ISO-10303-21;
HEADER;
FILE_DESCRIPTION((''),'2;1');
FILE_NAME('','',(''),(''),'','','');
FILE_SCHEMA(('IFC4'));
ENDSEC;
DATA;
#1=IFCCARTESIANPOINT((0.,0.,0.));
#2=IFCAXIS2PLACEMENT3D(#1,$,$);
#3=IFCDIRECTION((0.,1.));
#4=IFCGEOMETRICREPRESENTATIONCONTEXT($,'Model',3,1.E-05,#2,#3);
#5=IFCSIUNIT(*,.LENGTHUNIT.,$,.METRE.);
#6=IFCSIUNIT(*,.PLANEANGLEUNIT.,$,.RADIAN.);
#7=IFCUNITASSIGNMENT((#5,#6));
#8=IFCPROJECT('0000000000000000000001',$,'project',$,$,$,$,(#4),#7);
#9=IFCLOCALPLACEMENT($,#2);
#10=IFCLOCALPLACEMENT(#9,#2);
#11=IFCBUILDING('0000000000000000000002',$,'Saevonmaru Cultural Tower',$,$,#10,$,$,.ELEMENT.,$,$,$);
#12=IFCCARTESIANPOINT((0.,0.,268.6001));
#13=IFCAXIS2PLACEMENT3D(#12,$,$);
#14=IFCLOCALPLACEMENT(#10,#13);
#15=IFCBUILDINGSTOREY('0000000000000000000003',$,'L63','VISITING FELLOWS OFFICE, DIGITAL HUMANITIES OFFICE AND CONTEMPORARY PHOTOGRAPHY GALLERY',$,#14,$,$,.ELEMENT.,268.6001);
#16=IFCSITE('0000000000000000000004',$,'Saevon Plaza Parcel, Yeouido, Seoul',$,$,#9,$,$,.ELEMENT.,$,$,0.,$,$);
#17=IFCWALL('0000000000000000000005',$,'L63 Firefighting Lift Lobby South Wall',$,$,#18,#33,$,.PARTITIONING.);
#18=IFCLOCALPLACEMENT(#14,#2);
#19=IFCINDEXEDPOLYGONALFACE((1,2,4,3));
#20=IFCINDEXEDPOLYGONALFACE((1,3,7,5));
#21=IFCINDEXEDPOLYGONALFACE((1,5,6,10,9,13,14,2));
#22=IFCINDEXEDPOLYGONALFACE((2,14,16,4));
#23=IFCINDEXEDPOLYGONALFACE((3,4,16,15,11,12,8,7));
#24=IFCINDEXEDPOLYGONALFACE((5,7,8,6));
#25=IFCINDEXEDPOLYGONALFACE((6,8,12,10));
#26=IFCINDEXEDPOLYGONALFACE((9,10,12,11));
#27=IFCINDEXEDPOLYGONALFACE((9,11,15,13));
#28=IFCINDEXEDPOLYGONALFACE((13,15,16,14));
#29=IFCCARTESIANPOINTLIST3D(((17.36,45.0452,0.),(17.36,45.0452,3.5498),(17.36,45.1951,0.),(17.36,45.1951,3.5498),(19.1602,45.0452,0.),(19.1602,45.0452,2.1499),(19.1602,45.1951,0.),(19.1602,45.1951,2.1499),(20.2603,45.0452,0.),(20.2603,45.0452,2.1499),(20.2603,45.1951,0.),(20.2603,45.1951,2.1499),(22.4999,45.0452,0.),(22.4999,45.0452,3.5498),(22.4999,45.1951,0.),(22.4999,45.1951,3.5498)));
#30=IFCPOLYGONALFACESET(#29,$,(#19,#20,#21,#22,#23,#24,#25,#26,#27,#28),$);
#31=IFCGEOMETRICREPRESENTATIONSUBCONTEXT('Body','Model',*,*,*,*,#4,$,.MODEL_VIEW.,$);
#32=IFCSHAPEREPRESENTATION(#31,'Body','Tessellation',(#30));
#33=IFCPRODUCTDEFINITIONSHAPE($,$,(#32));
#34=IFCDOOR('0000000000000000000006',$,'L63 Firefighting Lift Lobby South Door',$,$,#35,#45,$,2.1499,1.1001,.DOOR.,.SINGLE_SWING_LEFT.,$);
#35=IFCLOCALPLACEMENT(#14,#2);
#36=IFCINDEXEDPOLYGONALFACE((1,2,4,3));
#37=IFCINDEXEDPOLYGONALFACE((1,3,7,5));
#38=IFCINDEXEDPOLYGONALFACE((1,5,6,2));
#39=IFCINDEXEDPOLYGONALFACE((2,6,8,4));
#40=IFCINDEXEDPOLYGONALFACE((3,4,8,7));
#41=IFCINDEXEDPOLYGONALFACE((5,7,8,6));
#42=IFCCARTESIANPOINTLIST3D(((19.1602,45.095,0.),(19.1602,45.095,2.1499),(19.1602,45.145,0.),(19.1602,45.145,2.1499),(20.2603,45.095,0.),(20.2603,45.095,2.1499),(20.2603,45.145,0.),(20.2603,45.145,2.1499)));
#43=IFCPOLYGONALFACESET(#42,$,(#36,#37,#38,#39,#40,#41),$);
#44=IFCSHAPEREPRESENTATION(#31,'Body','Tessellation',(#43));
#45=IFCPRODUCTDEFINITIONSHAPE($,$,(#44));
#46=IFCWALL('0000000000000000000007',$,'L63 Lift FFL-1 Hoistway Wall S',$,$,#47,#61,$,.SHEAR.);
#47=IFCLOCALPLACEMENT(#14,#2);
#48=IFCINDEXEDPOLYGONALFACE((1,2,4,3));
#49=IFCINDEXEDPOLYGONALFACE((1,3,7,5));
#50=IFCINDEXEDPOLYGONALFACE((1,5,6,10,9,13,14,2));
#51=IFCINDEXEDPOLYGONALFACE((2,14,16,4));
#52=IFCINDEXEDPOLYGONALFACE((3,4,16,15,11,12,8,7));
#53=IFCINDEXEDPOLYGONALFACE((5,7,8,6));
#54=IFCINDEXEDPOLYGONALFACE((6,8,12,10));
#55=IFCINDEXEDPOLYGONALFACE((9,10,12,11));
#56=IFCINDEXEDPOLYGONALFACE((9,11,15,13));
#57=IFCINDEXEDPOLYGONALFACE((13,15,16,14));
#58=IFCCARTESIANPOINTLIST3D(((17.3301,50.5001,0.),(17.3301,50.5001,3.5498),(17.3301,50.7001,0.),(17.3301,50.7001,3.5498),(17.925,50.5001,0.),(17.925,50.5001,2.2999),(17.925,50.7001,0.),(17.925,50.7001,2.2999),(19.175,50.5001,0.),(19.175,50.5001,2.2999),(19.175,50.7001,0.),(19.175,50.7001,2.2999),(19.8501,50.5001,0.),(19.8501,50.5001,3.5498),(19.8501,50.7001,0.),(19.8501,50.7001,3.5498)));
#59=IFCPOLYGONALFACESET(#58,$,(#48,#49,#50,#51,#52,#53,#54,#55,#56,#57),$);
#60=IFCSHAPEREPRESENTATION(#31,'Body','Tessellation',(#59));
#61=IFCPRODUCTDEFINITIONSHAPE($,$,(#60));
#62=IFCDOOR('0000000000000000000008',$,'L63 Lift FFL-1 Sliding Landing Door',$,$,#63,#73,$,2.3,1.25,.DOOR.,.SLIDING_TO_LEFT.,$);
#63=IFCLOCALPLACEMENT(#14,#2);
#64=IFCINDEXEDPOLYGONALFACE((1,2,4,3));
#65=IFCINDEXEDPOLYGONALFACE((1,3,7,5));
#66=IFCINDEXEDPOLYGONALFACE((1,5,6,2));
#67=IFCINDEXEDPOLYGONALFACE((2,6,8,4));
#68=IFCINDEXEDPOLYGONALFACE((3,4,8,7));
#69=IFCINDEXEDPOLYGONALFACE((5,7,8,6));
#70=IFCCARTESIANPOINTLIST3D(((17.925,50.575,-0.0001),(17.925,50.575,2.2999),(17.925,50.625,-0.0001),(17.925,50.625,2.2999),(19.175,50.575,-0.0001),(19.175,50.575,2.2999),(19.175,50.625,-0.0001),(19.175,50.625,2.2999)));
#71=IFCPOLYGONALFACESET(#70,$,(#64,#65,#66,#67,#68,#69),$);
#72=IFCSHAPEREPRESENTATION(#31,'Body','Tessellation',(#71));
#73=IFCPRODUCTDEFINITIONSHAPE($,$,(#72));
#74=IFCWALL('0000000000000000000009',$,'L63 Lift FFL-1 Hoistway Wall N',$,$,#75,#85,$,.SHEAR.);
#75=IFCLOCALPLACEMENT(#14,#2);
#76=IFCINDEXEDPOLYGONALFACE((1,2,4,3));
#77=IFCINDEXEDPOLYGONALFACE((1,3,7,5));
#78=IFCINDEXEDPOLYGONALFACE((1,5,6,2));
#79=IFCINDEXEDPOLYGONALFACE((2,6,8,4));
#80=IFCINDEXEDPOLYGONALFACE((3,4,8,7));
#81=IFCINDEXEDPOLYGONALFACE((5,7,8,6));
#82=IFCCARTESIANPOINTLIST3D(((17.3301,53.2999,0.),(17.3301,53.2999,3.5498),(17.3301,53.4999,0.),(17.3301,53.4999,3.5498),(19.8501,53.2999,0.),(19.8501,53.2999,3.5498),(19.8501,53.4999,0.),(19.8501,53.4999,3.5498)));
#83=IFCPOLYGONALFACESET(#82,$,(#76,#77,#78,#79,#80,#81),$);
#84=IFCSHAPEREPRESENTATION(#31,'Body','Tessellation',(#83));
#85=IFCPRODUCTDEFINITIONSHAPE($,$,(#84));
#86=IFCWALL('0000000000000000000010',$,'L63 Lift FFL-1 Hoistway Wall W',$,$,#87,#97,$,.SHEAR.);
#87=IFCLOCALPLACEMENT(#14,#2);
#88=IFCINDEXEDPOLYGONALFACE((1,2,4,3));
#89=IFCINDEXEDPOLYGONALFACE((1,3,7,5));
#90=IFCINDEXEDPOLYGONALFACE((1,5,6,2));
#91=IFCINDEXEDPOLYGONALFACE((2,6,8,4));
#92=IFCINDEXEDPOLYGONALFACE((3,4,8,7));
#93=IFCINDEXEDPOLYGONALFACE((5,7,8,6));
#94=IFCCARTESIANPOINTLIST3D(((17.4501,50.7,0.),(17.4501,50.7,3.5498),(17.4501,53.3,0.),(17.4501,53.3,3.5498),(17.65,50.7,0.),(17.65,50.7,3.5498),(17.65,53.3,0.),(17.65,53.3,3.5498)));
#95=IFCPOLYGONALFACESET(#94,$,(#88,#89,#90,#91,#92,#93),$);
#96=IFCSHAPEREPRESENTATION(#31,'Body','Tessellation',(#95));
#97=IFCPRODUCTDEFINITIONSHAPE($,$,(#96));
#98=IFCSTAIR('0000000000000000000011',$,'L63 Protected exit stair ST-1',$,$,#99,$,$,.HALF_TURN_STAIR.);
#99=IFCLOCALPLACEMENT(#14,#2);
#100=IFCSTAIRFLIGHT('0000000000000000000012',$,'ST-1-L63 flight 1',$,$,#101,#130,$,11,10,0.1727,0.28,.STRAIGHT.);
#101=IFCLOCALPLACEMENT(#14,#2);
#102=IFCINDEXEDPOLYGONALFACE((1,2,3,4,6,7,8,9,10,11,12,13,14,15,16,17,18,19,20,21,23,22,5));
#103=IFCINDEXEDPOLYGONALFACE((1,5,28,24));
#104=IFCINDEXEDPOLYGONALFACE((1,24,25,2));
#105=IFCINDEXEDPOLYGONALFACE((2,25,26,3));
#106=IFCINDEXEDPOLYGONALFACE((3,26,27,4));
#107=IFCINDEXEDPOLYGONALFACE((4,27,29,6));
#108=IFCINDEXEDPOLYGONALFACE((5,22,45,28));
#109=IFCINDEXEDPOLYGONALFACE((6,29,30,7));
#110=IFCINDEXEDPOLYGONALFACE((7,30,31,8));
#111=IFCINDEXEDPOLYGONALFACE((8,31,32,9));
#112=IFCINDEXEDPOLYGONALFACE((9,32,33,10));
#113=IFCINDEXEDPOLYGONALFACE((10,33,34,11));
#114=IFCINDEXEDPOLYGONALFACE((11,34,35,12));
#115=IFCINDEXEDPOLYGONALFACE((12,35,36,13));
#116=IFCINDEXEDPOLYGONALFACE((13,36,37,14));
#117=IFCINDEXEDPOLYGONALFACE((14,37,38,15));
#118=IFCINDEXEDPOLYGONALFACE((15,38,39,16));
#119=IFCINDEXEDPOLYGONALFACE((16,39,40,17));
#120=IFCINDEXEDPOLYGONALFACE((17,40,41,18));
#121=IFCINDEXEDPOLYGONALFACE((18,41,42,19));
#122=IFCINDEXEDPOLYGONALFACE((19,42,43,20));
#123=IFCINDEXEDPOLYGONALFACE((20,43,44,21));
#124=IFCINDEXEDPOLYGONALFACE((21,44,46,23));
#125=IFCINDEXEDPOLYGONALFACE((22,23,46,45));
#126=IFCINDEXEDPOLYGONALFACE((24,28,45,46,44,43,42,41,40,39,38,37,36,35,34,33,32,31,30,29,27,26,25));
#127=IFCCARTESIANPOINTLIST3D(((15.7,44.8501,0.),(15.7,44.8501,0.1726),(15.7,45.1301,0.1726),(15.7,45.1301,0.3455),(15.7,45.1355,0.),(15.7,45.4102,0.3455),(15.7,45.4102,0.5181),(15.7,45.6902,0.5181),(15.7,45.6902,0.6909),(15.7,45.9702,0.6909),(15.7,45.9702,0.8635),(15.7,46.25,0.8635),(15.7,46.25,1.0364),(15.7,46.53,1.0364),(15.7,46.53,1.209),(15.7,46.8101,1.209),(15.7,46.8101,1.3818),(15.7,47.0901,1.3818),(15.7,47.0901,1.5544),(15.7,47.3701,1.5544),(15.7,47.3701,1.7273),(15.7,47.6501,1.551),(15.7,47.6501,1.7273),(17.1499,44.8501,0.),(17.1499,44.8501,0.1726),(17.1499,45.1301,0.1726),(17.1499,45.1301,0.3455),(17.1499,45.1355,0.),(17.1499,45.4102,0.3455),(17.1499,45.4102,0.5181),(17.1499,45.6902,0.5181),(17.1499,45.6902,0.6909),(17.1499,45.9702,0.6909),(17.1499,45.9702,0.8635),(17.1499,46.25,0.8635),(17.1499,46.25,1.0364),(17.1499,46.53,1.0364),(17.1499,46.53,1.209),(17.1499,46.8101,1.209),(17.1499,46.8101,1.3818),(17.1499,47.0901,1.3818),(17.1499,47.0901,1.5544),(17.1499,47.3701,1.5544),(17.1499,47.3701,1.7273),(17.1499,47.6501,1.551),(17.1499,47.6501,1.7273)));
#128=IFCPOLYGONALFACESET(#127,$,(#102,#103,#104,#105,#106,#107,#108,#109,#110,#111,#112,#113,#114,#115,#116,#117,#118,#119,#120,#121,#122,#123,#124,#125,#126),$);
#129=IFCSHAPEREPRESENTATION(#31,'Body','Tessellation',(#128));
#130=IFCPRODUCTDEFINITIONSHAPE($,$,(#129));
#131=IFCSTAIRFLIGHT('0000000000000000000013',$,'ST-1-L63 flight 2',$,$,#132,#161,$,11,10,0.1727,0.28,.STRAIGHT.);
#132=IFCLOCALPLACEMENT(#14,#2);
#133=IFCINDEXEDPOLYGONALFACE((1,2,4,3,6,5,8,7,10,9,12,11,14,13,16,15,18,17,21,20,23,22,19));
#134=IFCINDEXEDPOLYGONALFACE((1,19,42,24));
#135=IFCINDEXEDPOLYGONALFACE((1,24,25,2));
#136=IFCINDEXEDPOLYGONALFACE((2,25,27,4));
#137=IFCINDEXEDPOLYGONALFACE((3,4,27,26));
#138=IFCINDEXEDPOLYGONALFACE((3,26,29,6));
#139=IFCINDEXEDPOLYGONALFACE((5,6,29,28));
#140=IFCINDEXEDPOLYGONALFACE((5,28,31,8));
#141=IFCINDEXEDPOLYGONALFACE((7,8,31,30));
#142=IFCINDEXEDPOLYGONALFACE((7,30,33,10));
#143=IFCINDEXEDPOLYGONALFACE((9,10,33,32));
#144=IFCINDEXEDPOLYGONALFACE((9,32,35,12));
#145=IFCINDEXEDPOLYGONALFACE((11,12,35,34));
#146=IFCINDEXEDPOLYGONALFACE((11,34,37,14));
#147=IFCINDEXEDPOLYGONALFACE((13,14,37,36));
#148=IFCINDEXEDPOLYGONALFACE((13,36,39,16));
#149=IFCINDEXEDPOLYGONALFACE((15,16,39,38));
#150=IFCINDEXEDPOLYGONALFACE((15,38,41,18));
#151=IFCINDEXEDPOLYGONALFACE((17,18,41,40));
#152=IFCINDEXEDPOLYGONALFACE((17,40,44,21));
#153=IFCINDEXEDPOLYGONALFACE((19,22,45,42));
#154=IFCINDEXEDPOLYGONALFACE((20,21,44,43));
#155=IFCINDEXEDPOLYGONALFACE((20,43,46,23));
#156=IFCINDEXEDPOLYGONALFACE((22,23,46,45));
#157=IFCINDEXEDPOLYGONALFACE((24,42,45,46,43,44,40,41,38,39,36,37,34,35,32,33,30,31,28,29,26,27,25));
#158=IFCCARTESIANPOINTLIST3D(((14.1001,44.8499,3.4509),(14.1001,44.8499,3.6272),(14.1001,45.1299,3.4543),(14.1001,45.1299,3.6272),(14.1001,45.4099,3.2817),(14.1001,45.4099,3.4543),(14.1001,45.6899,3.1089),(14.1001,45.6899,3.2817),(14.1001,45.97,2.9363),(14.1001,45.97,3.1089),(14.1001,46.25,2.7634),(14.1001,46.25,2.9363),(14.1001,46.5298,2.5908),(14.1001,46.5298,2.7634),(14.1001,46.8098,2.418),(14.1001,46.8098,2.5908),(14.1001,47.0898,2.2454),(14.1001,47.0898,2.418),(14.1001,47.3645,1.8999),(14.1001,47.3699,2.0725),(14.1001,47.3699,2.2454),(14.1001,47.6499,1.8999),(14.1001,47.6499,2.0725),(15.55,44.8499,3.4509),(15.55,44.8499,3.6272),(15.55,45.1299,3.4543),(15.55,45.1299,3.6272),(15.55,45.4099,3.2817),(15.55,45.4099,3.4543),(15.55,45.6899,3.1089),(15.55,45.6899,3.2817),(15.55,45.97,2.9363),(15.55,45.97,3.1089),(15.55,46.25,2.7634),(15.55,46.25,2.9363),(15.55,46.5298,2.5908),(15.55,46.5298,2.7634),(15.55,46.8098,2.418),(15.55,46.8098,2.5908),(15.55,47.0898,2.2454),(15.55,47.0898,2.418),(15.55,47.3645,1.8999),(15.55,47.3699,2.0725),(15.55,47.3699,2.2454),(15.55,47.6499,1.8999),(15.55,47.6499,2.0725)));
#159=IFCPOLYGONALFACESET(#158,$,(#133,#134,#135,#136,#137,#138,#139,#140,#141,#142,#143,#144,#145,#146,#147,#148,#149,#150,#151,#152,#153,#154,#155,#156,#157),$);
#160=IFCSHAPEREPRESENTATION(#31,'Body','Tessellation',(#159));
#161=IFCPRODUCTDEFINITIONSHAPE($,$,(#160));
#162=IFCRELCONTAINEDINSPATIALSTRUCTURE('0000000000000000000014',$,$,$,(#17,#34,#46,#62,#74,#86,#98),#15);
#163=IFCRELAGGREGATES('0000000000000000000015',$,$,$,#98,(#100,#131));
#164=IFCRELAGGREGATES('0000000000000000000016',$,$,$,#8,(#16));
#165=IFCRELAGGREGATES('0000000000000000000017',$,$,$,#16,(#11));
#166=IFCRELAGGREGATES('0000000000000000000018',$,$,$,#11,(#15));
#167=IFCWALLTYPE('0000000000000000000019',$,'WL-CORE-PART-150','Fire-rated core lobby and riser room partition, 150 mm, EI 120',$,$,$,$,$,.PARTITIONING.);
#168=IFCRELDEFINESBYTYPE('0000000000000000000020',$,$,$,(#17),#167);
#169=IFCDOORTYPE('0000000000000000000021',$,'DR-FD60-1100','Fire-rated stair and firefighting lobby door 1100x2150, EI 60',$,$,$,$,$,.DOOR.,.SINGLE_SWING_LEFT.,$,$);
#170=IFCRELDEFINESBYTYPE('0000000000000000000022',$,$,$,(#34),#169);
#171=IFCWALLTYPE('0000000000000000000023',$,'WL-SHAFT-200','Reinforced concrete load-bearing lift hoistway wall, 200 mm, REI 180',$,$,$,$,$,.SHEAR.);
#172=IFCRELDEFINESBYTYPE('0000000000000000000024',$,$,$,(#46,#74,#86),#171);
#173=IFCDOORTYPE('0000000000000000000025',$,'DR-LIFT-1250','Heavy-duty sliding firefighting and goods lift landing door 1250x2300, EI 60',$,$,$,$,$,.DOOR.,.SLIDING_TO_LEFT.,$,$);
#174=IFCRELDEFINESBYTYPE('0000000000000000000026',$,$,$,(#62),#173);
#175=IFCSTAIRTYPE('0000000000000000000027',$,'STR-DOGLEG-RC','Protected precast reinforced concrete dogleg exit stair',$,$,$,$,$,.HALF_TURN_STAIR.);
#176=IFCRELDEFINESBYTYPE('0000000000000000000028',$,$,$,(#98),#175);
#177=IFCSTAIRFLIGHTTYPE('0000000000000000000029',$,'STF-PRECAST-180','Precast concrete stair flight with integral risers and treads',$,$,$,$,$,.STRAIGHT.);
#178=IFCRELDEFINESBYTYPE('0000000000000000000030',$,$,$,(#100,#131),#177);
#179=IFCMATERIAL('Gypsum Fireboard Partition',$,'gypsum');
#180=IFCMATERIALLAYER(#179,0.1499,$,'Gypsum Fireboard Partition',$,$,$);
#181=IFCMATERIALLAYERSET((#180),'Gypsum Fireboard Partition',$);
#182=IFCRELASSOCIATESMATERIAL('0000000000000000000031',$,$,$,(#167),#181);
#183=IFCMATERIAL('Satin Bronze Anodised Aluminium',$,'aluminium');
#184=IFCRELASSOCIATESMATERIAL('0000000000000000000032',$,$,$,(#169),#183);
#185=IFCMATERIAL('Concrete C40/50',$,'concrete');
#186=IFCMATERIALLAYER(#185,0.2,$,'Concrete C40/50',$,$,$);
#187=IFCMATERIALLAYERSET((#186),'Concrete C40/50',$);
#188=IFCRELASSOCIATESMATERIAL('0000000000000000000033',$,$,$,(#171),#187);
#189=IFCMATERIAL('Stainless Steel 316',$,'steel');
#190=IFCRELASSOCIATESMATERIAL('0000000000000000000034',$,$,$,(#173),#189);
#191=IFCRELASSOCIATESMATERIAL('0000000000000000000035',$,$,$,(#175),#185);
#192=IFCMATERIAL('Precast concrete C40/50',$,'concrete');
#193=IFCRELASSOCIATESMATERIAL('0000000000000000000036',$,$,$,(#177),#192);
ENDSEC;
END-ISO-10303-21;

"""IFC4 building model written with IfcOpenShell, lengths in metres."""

from ifc_helpers import new_model, si_unit, direction, frame, frame_2d, origin, place, context, subcontext, project, spatial, polyline, rectangle, outline, extrude, material, layer, layer_set, type_object, element, fill, aggregate, save


model = new_model("IFC4")

# Units and contexts
model_context = context("Model", 3, precision=1e-05, world=origin(), true_north=direction((0.0, 1.0)))
body_context = subcontext(model_context, "Body", "Model", "MODEL_VIEW")
ifc_project = project(units=[si_unit("LENGTHUNIT", "METRE"), si_unit("PLANEANGLEUNIT", "RADIAN")], contexts=[model_context])

# Site, building, storey
site_placement = place(None, origin())
site = spatial("IfcSite", under=ifc_project, at=site_placement, Name="Saevon Plaza Parcel, Yeouido, Seoul", CompositionType="ELEMENT", RefElevation=0.0)
building_placement = place(site_placement, origin())
building = spatial("IfcBuilding", under=site, at=building_placement, Name="Saevonmaru Cultural Tower", CompositionType="ELEMENT")
storey_placement = place(building_placement, frame((0.0, 0.0, 268.6001)))
storey = spatial("IfcBuildingStorey", under=building, at=storey_placement, Name="L63", Description="VISITING FELLOWS OFFICE, DIGITAL HUMANITIES OFFICE AND CONTEMPORARY PHOTOGRAPHY GALLERY", CompositionType="ELEMENT", Elevation=268.6001)

# Shared definitions
ifc_material_1 = material(Name="Satin Bronze Anodised Aluminium", Category="aluminium")

# Walls, openings, doors
ifc_material_2 = material(Name="Gypsum Fireboard Partition", Category="gypsum")
ifc_layer_1 = layer(ifc_material_2, 0.1499, Name="Gypsum Fireboard Partition")
ifc_layer_set_1 = layer_set([ifc_layer_1], Name="Gypsum Fireboard Partition")
wall_type_1 = type_object("IfcWallType", Name="WL-CORE-PART-150", Description="Fire-rated core lobby and riser room partition, 150 mm, EI 120", PredefinedType="PARTITIONING", material=ifc_layer_set_1)
wall_1_placement = place(storey_placement, frame((17.3601, 45.1201, 0.0), z_axis=(0.0, 0.0, 1.0), x_axis=(1.0, 0.0, 0.0)))
wall_1 = element("IfcWall", 1, at=wall_1_placement, inside=storey, type_object=wall_type_1, Name="L63 Firefighting Lift Lobby South Wall", PredefinedType="PARTITIONING", context=body_context, shape_type="SweptSolid", body=[
    extrude(rectangle(XDim=5.1399, YDim=0.1499, at=frame_2d((2.5698, 0.0))), origin(), (0.0, 0.0, 1.0), 3.5498),
])
opening_1_placement = place(wall_1_placement, frame((1.8, 0.0, 0.0)))
opening_1 = element("IfcOpeningElement", 2, at=opening_1_placement, cuts=wall_1, PredefinedType="OPENING", context=body_context, shape_type="SweptSolid", body=[
    extrude(rectangle(XDim=1.1001, YDim=2.1499, at=frame_2d((0.55, 1.075))), frame((0.0, 0.085, 0.0), z_axis=(0.0, -1.0, 0.0), x_axis=(1.0, 0.0, 0.0)), (0.0, 0.0, 1.0), 0.1699),
])
door_type_1 = type_object("IfcDoorType", Name="DR-FD60-1100", Description="Fire-rated stair and firefighting lobby door 1100x2150, EI 60", OperationType="SINGLE_SWING_LEFT", PredefinedType="DOOR", material=ifc_material_1)
door_1_placement = place(opening_1_placement, origin())
door_1 = element("IfcDoor", 3, at=door_1_placement, inside=storey, type_object=door_type_1, Name="L63 Firefighting Lift Lobby South Door", OperationType="SINGLE_SWING_LEFT", OverallHeight=2.1499, OverallWidth=1.1001, PredefinedType="DOOR", context=body_context, shape_type="SweptSolid", body=[
    extrude(rectangle(XDim=1.1001, YDim=2.1499, at=frame_2d((0.55, 1.075))), frame((0.0, 0.0249, 0.0), z_axis=(0.0, -1.0, 0.0), x_axis=(1.0, 0.0, 0.0)), (0.0, 0.0, 1.0), 0.05),
])
fill(opening_1, door_1)
ifc_material_3 = material(Name="Concrete C40/50", Category="concrete")
ifc_layer_2 = layer(ifc_material_3, 0.2, Name="Concrete C40/50")
ifc_layer_set_2 = layer_set([ifc_layer_2], Name="Concrete C40/50")
wall_type_2 = type_object("IfcWallType", Name="WL-SHAFT-200", Description="Reinforced concrete load-bearing lift hoistway wall, 200 mm, REI 180", PredefinedType="SHEAR", material=ifc_layer_set_2)
wall_2_placement = place(storey_placement, frame((17.3301, 50.6001, 0.0), z_axis=(0.0, 0.0, 1.0), x_axis=(1.0, 0.0, 0.0)))
wall_2 = element("IfcWall", 4, at=wall_2_placement, inside=storey, type_object=wall_type_2, Name="L63 Lift FFL-1 Hoistway Wall S", PredefinedType="SHEAR", context=body_context, shape_type="SweptSolid", body=[
    extrude(rectangle(XDim=2.52, YDim=0.2, at=frame_2d((1.26, 0.0))), origin(), (0.0, 0.0, 1.0), 3.5498),
])
opening_2_placement = place(wall_2_placement, frame((0.595, 0.0, 0.0)))
opening_2 = element("IfcOpeningElement", 5, at=opening_2_placement, cuts=wall_2, PredefinedType="OPENING", context=body_context, shape_type="SweptSolid", body=[
    extrude(rectangle(XDim=1.25, YDim=2.3, at=frame_2d((0.625, 1.1499))), frame((0.0, 0.1099, 0.0), z_axis=(0.0, -1.0, 0.0), x_axis=(1.0, 0.0, 0.0)), (0.0, 0.0, 1.0), 0.22),
])
ifc_material_4 = material(Name="Stainless Steel 316", Category="steel")
door_type_2 = type_object("IfcDoorType", Name="DR-LIFT-1250", Description="Heavy-duty sliding firefighting and goods lift landing door 1250x2300, EI 60", OperationType="SLIDING_TO_LEFT", PredefinedType="DOOR", material=ifc_material_4)
door_2_placement = place(opening_2_placement, origin())
door_2 = element("IfcDoor", 6, at=door_2_placement, inside=storey, type_object=door_type_2, Name="L63 Lift FFL-1 Sliding Landing Door", OperationType="SLIDING_TO_LEFT", OverallHeight=2.3, OverallWidth=1.25, PredefinedType="DOOR", context=body_context, shape_type="SweptSolid", body=[
    extrude(rectangle(XDim=1.25, YDim=2.3, at=frame_2d((0.625, 1.1499))), frame((0.0, 0.0249, 0.0), z_axis=(0.0, -1.0, 0.0), x_axis=(1.0, 0.0, 0.0)), (0.0, 0.0, 1.0), 0.05),
])
fill(opening_2, door_2)

# Walls
wall_3_placement = place(storey_placement, frame((17.3301, 53.3999, 0.0), z_axis=(0.0, 0.0, 1.0), x_axis=(1.0, 0.0, 0.0)))
element("IfcWall", 7, at=wall_3_placement, inside=storey, type_object=wall_type_2, Name="L63 Lift FFL-1 Hoistway Wall N", PredefinedType="SHEAR", context=body_context, shape_type="SweptSolid", body=[
    extrude(rectangle(XDim=2.52, YDim=0.2, at=frame_2d((1.26, 0.0))), origin(), (0.0, 0.0, 1.0), 3.5498),
])
wall_4_placement = place(storey_placement, frame((17.55, 50.7, 0.0), z_axis=(0.0, 0.0, 1.0), x_axis=(0.0, 1.0, 0.0)))
element("IfcWall", 8, at=wall_4_placement, inside=storey, type_object=wall_type_2, Name="L63 Lift FFL-1 Hoistway Wall W", PredefinedType="SHEAR", context=body_context, shape_type="SweptSolid", body=[
    extrude(rectangle(XDim=2.6001, YDim=0.2, at=frame_2d((1.3, 0.0))), origin(), (0.0, 0.0, 1.0), 3.5498),
])

# Stair, stair flights
stair_type = type_object("IfcStairType", Name="STR-DOGLEG-RC", Description="Protected precast reinforced concrete dogleg exit stair", PredefinedType="HALF_TURN_STAIR", material=ifc_material_3)
stair_placement = place(storey_placement, origin())
stair = element("IfcStair", 9, at=stair_placement, inside=storey, type_object=stair_type, Name="L63 Protected exit stair ST-1", PredefinedType="HALF_TURN_STAIR")
ifc_material_5 = material(Name="Precast concrete C40/50", Category="concrete")
stair_flight_type = type_object("IfcStairFlightType", Name="STF-PRECAST-180", Description="Precast concrete stair flight with integral risers and treads", PredefinedType="STRAIGHT", material=ifc_material_5)
stair_flight_1_placement = place(storey_placement, frame((16.425, 44.8501, 0.0), z_axis=(0.0, 0.0, 1.0), x_axis=(0.0, 1.0, 0.0)))
stair_flight_1 = element("IfcStairFlight", 10, at=stair_flight_1_placement, type_object=stair_flight_type, Name="ST-1-L63 flight 1", NumberOfRisers=11, NumberOfTreads=10, PredefinedType="STRAIGHT", RiserHeight=0.1727, TreadLength=0.28, context=body_context, shape_type="SweptSolid", body=[
    extrude(outline(polyline([(0.0, 0.0), (0.0, 0.1726), (0.28, 0.1726), (0.28, 0.3455), (0.5601, 0.3455), (0.5601, 0.5181), (0.8401, 0.5181), (0.8401, 0.6909), (1.1201, 0.6909), (1.1201, 0.8635), (1.3999, 0.8635), (1.3999, 1.0364), (1.6799, 1.0364), (1.6799, 1.209), (1.96, 1.209), (1.96, 1.3818), (2.24, 1.3818), (2.24, 1.5544), (2.52, 1.5544), (2.52, 1.7273), (2.8, 1.7273), (2.8, 1.8999), (2.8, 1.551), (0.2854, 0.0), (0.0, 0.0)])), frame((0.0, 0.7251, 0.0), z_axis=(0.0, -1.0, 0.0), x_axis=(1.0, 0.0, 0.0)), (0.0, 0.0, 1.0), 1.45),
])
stair_flight_2_placement = place(storey_placement, frame((14.825, 47.6499, 1.8999), z_axis=(0.0, 0.0, 1.0), x_axis=(0.0, -1.0, 0.0)))
stair_flight_2 = element("IfcStairFlight", 11, at=stair_flight_2_placement, type_object=stair_flight_type, Name="ST-1-L63 flight 2", NumberOfRisers=11, NumberOfTreads=10, PredefinedType="STRAIGHT", RiserHeight=0.1727, TreadLength=0.28, context=body_context, shape_type="SweptSolid", body=[
    extrude(outline(polyline([(0.0, 0.0), (0.0, 0.1726), (0.28, 0.1726), (0.28, 0.3455), (0.5601, 0.3455), (0.5601, 0.5181), (0.8401, 0.5181), (0.8401, 0.6909), (1.1201, 0.6909), (1.1201, 0.8635), (1.3999, 0.8635), (1.3999, 1.0364), (1.6799, 1.0364), (1.6799, 1.209), (1.96, 1.209), (1.96, 1.3818), (2.24, 1.3818), (2.24, 1.5544), (2.52, 1.5544), (2.52, 1.7273), (2.8, 1.7273), (2.8, 1.8999), (2.8, 1.551), (0.2854, 0.0), (0.0, 0.0)])), frame((0.0, 0.7251, 0.0), z_axis=(0.0, -1.0, 0.0), x_axis=(1.0, 0.0, 0.0)), (0.0, 0.0, 1.0), 1.45),
])
aggregate(stair, [stair_flight_1, stair_flight_2])

save(model, "model.ifc")
